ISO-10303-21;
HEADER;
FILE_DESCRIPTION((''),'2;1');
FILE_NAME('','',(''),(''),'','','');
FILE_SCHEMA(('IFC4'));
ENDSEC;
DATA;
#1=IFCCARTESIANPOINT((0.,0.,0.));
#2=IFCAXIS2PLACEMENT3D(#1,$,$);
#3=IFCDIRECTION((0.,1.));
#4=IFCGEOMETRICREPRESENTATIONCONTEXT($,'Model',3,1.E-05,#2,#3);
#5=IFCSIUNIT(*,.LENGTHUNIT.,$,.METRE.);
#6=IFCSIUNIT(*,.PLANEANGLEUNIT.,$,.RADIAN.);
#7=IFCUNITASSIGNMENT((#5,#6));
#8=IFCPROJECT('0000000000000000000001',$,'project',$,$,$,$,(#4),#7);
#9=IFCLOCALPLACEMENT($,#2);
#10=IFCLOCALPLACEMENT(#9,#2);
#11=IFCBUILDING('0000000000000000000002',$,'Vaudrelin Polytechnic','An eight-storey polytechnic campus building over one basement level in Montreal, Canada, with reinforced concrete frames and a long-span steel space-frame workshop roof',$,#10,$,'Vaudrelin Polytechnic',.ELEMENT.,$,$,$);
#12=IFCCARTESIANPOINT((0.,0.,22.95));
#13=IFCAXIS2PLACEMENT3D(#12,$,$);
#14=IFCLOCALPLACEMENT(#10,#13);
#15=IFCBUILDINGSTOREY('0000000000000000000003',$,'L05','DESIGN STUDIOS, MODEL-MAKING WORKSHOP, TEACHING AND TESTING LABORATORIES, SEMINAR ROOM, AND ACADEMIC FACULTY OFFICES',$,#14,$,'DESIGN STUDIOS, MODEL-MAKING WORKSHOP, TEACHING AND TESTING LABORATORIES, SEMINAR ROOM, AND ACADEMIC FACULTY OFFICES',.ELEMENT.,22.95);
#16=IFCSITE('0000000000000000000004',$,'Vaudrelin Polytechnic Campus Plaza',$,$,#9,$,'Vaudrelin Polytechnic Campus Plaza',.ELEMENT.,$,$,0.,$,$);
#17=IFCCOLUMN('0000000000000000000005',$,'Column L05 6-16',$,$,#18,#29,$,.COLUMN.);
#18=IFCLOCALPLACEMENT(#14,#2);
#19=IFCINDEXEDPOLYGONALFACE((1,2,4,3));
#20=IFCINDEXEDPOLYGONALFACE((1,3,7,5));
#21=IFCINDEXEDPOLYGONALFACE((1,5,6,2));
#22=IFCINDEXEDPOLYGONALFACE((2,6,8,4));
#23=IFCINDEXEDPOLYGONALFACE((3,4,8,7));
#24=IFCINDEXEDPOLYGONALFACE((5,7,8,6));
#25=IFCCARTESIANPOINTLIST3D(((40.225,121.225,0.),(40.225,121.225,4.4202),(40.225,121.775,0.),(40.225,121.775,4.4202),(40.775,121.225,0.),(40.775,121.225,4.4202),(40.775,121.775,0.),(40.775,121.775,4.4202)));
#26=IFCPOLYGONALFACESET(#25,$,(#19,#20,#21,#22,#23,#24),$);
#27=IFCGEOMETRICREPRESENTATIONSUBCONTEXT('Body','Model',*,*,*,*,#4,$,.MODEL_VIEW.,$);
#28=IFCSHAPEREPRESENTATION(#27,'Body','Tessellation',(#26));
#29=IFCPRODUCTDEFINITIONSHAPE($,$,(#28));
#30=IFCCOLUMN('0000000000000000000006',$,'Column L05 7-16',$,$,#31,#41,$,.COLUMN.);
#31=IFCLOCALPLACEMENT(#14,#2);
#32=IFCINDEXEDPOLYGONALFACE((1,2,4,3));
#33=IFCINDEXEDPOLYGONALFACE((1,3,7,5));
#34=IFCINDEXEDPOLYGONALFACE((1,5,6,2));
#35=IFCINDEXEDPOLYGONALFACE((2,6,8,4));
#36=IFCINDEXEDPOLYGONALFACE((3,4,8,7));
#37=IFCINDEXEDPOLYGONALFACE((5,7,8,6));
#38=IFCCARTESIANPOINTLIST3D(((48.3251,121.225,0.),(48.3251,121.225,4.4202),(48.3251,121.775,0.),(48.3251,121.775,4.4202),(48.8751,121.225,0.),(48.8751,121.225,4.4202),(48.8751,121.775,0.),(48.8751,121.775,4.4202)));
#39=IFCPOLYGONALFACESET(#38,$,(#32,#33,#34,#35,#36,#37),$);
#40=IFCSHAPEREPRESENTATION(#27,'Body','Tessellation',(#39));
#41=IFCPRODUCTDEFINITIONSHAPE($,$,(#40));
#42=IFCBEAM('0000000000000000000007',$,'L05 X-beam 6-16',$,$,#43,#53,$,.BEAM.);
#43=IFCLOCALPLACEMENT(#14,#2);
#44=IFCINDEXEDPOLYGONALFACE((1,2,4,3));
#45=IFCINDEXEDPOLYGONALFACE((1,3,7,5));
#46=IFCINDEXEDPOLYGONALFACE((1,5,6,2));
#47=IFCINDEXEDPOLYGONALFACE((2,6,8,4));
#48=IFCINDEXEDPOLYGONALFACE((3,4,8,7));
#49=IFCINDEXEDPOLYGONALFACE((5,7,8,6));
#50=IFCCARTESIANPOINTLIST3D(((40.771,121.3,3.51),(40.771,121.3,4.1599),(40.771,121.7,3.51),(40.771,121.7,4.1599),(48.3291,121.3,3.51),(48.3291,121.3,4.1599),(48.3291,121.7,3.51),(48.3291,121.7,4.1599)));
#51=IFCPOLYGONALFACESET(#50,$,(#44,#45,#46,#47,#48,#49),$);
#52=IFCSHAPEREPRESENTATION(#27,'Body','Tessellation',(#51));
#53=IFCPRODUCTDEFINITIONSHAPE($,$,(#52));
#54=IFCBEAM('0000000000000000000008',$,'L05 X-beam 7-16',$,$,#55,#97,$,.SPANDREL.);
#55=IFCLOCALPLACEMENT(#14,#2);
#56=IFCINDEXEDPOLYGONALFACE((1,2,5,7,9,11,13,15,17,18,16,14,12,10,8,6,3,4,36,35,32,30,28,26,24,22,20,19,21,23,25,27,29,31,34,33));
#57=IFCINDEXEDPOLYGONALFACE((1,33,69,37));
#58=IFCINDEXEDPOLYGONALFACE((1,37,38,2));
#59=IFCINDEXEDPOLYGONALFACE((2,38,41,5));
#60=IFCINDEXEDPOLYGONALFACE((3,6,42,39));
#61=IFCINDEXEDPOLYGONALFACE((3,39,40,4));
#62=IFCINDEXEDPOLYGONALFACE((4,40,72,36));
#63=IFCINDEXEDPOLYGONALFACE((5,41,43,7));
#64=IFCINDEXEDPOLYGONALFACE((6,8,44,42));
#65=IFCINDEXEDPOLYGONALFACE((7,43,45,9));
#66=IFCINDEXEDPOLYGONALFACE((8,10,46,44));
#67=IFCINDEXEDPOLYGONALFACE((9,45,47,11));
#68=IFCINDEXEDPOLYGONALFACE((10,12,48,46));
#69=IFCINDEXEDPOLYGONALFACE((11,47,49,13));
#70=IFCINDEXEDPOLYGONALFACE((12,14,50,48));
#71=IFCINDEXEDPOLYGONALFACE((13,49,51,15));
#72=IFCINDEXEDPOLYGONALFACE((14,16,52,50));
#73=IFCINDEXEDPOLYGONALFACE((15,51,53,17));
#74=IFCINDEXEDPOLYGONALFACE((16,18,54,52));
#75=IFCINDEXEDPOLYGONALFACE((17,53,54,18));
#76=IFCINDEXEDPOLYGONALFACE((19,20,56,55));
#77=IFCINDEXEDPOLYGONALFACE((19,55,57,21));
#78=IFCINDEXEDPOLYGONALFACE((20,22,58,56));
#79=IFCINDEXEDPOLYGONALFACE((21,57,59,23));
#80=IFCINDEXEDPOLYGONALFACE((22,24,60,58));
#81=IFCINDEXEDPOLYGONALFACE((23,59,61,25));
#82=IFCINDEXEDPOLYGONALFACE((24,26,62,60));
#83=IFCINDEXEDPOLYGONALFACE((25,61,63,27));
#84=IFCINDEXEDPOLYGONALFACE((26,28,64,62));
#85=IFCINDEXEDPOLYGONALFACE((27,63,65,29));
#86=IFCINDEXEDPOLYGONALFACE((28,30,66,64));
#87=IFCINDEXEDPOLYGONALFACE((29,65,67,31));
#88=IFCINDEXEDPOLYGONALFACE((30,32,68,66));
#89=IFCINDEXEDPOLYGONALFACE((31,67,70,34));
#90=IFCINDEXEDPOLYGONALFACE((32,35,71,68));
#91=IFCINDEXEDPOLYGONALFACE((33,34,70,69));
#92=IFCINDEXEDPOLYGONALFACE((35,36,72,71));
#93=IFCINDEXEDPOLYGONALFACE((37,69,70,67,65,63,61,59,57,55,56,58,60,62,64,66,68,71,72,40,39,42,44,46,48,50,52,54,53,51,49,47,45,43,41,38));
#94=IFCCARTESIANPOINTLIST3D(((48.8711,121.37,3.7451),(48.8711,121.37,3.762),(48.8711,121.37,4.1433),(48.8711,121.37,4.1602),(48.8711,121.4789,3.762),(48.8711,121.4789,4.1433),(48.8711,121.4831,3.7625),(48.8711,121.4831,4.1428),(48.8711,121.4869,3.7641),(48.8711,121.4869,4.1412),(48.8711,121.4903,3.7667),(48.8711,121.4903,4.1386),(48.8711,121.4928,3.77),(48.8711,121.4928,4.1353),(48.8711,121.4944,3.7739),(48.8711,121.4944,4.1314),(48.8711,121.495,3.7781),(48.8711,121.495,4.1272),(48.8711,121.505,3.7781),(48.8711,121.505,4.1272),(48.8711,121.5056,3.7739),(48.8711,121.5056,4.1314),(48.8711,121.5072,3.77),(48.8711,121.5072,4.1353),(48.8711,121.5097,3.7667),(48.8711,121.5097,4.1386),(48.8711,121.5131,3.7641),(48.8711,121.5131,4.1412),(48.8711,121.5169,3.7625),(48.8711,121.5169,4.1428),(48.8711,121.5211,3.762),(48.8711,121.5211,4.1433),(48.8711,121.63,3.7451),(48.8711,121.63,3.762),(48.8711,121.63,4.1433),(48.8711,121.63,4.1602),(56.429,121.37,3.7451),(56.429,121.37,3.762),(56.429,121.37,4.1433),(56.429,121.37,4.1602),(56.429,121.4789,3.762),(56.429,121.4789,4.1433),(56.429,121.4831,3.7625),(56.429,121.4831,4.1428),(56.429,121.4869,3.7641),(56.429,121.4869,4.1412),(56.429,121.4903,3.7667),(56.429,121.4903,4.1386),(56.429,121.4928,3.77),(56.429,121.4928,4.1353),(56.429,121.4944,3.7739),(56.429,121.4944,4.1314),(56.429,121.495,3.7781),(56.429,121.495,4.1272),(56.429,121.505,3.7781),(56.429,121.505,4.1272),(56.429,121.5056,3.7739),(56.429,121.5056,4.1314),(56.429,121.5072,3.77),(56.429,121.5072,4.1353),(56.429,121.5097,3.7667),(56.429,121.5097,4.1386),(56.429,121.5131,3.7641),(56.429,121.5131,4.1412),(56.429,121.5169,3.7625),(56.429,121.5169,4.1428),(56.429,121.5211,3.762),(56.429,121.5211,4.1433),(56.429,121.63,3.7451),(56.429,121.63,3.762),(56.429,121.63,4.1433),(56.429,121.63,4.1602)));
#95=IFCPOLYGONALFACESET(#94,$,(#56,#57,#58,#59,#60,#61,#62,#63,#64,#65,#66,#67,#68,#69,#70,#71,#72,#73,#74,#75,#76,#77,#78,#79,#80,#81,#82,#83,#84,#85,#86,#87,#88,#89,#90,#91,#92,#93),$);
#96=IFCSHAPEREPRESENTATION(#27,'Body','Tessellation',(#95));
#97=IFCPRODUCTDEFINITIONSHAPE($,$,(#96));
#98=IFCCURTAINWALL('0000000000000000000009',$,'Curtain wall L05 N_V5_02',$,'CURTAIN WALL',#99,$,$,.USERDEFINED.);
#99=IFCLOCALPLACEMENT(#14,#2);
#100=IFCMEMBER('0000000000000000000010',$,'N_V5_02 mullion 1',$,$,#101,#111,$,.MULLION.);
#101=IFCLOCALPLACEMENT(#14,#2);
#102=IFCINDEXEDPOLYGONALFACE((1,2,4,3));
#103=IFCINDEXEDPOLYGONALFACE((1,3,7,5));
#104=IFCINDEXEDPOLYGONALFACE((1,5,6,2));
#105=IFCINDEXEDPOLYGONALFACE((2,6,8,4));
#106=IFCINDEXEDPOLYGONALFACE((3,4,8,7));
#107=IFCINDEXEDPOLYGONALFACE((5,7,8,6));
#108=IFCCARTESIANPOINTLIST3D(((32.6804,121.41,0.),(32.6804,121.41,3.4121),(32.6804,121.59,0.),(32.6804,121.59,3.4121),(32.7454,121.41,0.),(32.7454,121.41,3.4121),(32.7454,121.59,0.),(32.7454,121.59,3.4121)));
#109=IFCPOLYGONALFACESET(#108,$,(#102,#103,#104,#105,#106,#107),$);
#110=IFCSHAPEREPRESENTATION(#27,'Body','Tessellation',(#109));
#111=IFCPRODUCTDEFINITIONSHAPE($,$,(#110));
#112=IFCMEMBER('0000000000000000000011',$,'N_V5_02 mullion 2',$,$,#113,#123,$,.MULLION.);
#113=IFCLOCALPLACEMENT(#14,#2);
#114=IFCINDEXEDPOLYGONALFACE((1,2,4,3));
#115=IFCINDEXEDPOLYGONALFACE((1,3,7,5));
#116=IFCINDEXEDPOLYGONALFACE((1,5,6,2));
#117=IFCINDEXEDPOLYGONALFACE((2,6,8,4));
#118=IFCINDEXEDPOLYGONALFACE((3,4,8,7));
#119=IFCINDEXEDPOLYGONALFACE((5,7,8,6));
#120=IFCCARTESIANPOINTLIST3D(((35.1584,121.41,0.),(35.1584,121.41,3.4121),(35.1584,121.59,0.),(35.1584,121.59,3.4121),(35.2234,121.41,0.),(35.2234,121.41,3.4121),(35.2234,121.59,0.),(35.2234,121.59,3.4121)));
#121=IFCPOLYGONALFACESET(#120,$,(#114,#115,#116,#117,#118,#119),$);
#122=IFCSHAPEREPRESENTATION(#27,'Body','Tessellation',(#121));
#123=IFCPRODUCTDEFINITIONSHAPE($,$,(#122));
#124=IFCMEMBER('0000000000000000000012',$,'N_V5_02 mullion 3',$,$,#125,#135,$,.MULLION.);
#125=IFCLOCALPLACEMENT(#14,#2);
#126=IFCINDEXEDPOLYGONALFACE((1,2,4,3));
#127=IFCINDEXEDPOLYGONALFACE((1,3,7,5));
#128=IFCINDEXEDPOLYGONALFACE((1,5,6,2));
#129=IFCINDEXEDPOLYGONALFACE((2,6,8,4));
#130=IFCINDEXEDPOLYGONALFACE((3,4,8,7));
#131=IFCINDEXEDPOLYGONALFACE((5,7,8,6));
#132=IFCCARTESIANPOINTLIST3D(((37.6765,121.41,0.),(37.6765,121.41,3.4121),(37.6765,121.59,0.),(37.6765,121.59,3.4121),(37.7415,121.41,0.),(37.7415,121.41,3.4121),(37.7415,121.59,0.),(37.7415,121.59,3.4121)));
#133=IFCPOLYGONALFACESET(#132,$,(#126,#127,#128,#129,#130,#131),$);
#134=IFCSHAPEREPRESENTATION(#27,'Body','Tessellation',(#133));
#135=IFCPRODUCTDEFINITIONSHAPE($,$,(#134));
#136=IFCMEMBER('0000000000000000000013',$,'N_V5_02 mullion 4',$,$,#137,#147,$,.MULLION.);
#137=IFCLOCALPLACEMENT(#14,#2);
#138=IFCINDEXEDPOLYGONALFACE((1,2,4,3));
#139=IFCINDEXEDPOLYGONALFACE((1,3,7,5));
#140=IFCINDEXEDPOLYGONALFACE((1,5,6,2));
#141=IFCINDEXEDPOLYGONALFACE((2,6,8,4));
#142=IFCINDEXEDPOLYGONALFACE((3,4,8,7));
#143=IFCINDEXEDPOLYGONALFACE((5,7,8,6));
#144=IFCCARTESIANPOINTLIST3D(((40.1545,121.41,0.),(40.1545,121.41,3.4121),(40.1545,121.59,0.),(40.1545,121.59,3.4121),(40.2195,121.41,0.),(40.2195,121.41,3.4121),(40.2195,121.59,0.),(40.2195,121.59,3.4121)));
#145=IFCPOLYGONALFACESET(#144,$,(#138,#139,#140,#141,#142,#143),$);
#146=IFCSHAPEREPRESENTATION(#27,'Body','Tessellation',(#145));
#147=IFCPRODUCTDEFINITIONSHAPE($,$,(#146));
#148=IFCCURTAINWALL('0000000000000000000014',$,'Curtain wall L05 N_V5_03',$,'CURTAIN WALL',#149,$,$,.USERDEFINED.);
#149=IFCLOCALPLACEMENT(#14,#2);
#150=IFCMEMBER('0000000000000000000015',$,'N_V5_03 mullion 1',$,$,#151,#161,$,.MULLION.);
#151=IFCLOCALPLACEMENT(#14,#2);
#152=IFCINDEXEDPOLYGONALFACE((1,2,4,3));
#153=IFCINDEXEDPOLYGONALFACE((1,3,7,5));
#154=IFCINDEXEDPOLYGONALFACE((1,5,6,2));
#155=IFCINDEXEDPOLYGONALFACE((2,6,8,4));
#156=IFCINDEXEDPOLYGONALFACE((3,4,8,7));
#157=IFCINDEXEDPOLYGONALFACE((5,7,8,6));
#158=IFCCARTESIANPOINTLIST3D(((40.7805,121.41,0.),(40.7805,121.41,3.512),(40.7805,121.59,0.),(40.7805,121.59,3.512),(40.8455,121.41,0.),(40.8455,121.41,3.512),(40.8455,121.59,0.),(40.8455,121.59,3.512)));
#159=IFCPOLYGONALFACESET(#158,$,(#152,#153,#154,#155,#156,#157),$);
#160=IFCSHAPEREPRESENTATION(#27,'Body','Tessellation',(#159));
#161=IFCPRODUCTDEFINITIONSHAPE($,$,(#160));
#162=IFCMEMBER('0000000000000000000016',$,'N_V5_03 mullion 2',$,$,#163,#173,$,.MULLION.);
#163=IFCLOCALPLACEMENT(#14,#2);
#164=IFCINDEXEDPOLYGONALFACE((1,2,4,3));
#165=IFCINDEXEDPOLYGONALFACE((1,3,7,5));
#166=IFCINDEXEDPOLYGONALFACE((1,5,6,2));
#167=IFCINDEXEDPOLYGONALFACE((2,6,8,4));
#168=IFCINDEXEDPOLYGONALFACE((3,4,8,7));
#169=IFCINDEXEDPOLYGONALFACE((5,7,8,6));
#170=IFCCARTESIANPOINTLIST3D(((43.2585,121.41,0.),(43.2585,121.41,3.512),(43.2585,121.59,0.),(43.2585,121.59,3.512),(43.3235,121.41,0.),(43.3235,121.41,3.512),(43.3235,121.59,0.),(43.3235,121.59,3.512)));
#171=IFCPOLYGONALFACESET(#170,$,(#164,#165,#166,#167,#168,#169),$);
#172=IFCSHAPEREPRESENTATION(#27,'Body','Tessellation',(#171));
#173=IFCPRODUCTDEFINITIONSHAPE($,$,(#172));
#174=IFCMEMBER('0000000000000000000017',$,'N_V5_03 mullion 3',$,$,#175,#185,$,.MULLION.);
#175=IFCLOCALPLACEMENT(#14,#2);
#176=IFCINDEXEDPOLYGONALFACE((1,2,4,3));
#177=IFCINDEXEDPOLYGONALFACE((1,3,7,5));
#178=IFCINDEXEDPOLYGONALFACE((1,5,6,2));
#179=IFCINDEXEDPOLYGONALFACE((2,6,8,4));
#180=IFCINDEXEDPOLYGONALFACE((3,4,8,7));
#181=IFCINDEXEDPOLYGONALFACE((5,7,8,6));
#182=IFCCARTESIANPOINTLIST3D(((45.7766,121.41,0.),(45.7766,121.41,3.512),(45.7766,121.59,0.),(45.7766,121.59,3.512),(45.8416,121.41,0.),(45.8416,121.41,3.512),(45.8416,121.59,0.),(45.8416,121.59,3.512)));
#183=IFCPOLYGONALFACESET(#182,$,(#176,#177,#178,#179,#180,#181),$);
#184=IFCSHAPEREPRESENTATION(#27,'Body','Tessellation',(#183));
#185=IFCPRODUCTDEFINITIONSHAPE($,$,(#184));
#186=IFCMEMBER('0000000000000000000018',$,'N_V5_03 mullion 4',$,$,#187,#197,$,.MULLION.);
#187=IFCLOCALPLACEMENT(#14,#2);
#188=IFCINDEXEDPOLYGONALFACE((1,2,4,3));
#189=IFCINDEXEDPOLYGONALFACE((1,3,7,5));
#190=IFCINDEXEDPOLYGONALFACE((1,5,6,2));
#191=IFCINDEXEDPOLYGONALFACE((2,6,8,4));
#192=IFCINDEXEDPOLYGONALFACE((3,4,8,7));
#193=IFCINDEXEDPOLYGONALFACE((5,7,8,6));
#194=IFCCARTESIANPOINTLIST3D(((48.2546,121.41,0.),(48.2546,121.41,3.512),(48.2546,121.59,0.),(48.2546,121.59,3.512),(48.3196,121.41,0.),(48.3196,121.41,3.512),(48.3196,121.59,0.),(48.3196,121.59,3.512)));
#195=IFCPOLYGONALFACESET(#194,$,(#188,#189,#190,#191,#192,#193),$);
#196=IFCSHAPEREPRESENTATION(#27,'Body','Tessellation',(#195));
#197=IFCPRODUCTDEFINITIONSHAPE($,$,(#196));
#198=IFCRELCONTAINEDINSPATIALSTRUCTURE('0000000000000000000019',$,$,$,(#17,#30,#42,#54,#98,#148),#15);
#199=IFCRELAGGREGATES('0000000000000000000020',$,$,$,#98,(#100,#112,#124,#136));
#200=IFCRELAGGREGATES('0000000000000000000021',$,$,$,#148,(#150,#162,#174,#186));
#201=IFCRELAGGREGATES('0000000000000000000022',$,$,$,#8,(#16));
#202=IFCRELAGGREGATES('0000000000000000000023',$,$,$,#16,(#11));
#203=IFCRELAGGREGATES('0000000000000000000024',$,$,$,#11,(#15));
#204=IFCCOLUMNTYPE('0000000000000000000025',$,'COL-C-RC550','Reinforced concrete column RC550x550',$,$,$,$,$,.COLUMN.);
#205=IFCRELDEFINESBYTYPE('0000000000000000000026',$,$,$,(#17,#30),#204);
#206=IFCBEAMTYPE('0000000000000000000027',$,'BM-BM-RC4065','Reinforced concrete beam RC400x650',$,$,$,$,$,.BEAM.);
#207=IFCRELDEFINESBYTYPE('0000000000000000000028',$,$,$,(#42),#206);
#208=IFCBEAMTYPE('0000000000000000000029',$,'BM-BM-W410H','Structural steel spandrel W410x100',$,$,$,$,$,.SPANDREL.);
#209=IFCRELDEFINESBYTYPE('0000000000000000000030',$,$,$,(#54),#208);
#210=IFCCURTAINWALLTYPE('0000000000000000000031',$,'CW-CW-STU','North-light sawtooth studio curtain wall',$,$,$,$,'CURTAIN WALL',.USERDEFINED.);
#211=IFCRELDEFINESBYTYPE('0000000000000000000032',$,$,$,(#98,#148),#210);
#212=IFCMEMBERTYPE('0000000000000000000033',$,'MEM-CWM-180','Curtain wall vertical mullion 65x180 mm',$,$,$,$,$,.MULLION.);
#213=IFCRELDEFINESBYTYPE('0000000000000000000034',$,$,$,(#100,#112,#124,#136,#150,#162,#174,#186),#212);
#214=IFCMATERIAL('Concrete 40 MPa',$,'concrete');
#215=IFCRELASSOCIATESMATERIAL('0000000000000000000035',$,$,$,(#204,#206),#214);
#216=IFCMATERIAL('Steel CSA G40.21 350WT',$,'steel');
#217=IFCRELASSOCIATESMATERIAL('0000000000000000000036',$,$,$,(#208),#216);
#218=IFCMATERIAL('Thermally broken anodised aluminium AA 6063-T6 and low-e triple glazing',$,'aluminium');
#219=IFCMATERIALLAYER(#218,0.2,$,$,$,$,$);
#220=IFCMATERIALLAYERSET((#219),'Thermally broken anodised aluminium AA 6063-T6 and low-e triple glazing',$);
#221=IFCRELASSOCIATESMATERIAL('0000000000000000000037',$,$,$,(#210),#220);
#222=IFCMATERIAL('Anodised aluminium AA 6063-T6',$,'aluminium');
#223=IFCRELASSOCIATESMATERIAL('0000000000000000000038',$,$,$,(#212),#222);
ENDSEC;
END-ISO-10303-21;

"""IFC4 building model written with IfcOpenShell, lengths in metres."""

from ifc_helpers import new_model, si_unit, direction, frame, origin, origin_2d, place, context, subcontext, project, spatial, rectangle, i_section, extrude, material, layer, layer_set, material_profile, profile_set, type_object, element, aggregate, save


model = new_model("IFC4")

# Units and contexts
model_context = context("Model", 3, precision=1e-05, world=origin(), true_north=direction((0.0, 1.0)))
body_context = subcontext(model_context, "Body", "Model", "MODEL_VIEW")
ifc_project = project(units=[si_unit("LENGTHUNIT", "METRE"), si_unit("PLANEANGLEUNIT", "RADIAN")], contexts=[model_context])

# Site, building, storey
site_placement = place(None, origin())
site = spatial("IfcSite", under=ifc_project, at=site_placement, Name="Vaudrelin Polytechnic Campus Plaza", LongName="Vaudrelin Polytechnic Campus Plaza", CompositionType="ELEMENT", RefElevation=0.0)
building_placement = place(site_placement, origin())
building = spatial("IfcBuilding", under=site, at=building_placement, Name="Vaudrelin Polytechnic", Description="An eight-storey polytechnic campus building over one basement level in Montreal, Canada, with reinforced concrete frames and a long-span steel space-frame workshop roof", LongName="Vaudrelin Polytechnic", CompositionType="ELEMENT")
storey_placement = place(building_placement, frame((0.0, 0.0, 22.95)))
storey = spatial("IfcBuildingStorey", under=building, at=storey_placement, Name="L05", Description="DESIGN STUDIOS, MODEL-MAKING WORKSHOP, TEACHING AND TESTING LABORATORIES, SEMINAR ROOM, AND ACADEMIC FACULTY OFFICES", LongName="DESIGN STUDIOS, MODEL-MAKING WORKSHOP, TEACHING AND TESTING LABORATORIES, SEMINAR ROOM, AND ACADEMIC FACULTY OFFICES", CompositionType="ELEMENT", Elevation=22.95)

# Columns
ifc_material_1 = material(Name="Concrete 40 MPa", Category="concrete")
ifc_material_profile_1 = material_profile(ifc_material_1, rectangle(XDim=0.55, YDim=0.55, at=origin_2d()), Name="RC550x550")
ifc_profile_set_1 = profile_set([ifc_material_profile_1], Name="Concrete 40 MPa")
column_type = type_object("IfcColumnType", Name="COL-C-RC550", Description="Reinforced concrete column RC550x550", PredefinedType="COLUMN", material=ifc_profile_set_1)
for number, where, z_axis, x_axis, name in (
    (1, (40.5, 121.5, 0.0), (0.0, 0.0, 1.0), (1.0, 0.0, 0.0), "Column L05 6-16"),
    (2, (48.6001, 121.5, 0.0), (0.0, 0.0, 1.0), (1.0, 0.0, 0.0), "Column L05 7-16"),
):
    element("IfcColumn", number, at=place(storey_placement, frame(where, z_axis=z_axis, x_axis=x_axis)), inside=storey, type_object=column_type, Name=name, PredefinedType="COLUMN", context=body_context, shape_type="SweptSolid", body=[
        extrude(rectangle(XDim=0.55, YDim=0.55, at=origin_2d()), origin(), (0.0, 0.0, 1.0), 4.4202),
    ])

# Beams
ifc_material_profile_2 = material_profile(ifc_material_1, rectangle(XDim=0.3999, YDim=0.6499, at=origin_2d()), Name="RC400x650")
ifc_profile_set_2 = profile_set([ifc_material_profile_2], Name="Concrete 40 MPa")
beam_type_1 = type_object("IfcBeamType", Name="BM-BM-RC4065", Description="Reinforced concrete beam RC400x650", PredefinedType="BEAM", material=ifc_profile_set_2)
beam_1_placement = place(storey_placement, frame((40.771, 121.5, 3.835), z_axis=(1.0, 0.0, 0.0), x_axis=(0.0, 1.0, 0.0)))
element("IfcBeam", 3, at=beam_1_placement, inside=storey, type_object=beam_type_1, Name="L05 X-beam 6-16", PredefinedType="BEAM", context=body_context, shape_type="SweptSolid", body=[
    extrude(rectangle(XDim=0.3999, YDim=0.6499, at=origin_2d()), origin(), (0.0, 0.0, 1.0), 7.5581),
])
ifc_material_2 = material(Name="Steel CSA G40.21 350WT", Category="steel")
ifc_material_profile_3 = material_profile(ifc_material_2, i_section(OverallWidth=0.26, OverallDepth=0.415, WebThickness=0.01, FlangeThickness=0.0168, FilletRadius=0.0161, at=origin_2d()), Name="W410x100")
ifc_profile_set_3 = profile_set([ifc_material_profile_3], Name="Steel CSA G40.21 350WT")
beam_type_2 = type_object("IfcBeamType", Name="BM-BM-W410H", Description="Structural steel spandrel W410x100", PredefinedType="SPANDREL", material=ifc_profile_set_3)
beam_2_placement = place(storey_placement, frame((48.8711, 121.5, 3.9526), z_axis=(1.0, 0.0, 0.0), x_axis=(0.0, 1.0, 0.0)))
element("IfcBeam", 4, at=beam_2_placement, inside=storey, type_object=beam_type_2, Name="L05 X-beam 7-16", PredefinedType="SPANDREL", context=body_context, shape_type="SweptSolid", body=[
    extrude(i_section(OverallWidth=0.26, OverallDepth=0.415, WebThickness=0.01, FlangeThickness=0.0168, FilletRadius=0.0161, at=origin_2d()), origin(), (0.0, 0.0, 1.0), 7.5579),
])

# Curtain walls, members
ifc_material_3 = material(Name="Thermally broken anodised aluminium AA 6063-T6 and low-e triple glazing", Category="aluminium")
ifc_layer_1 = layer(ifc_material_3, 0.2)
ifc_layer_set_1 = layer_set([ifc_layer_1], Name="Thermally broken anodised aluminium AA 6063-T6 and low-e triple glazing")
curtain_wall_type = type_object("IfcCurtainWallType", Name="CW-CW-STU", Description="North-light sawtooth studio curtain wall", ElementType="CURTAIN WALL", PredefinedType="USERDEFINED", material=ifc_layer_set_1)
curtain_wall_1_placement = place(storey_placement, origin())
curtain_wall_1 = element("IfcCurtainWall", 5, at=curtain_wall_1_placement, inside=storey, type_object=curtain_wall_type, Name="Curtain wall L05 N_V5_02", ObjectType="CURTAIN WALL", PredefinedType="USERDEFINED")
ifc_material_4 = material(Name="Anodised aluminium AA 6063-T6", Category="aluminium")
ifc_material_profile_4 = material_profile(ifc_material_4, rectangle(XDim=0.0649, YDim=0.1799, at=origin_2d()), Name="CWM-65x180")
ifc_profile_set_4 = profile_set([ifc_material_profile_4], Name="Anodised aluminium AA 6063-T6")
member_type_1 = type_object("IfcMemberType", Name="MEM-CWM-180", Description="Curtain wall vertical mullion 65x180 mm", PredefinedType="MULLION", material=ifc_profile_set_4)
member_1_placement = place(storey_placement, frame((32.7129, 121.5, 0.0), z_axis=(0.0, 0.0, 1.0), x_axis=(1.0, 0.0, 0.0)))
member_1 = element("IfcMember", 6, at=member_1_placement, type_object=member_type_1, Name="N_V5_02 mullion 1", PredefinedType="MULLION", context=body_context, shape_type="SweptSolid", body=[
    extrude(rectangle(XDim=0.0649, YDim=0.1799, at=origin_2d()), origin(), (0.0, 0.0, 1.0), 3.4121),
])
member_2_placement = place(storey_placement, frame((35.1909, 121.5, 0.0), z_axis=(0.0, 0.0, 1.0), x_axis=(1.0, 0.0, 0.0)))
member_2 = element("IfcMember", 7, at=member_2_placement, type_object=member_type_1, Name="N_V5_02 mullion 2", PredefinedType="MULLION", context=body_context, shape_type="SweptSolid", body=[
    extrude(rectangle(XDim=0.0649, YDim=0.1799, at=origin_2d()), origin(), (0.0, 0.0, 1.0), 3.4121),
])
member_3_placement = place(storey_placement, frame((37.709, 121.5, 0.0), z_axis=(0.0, 0.0, 1.0), x_axis=(1.0, 0.0, 0.0)))
member_3 = element("IfcMember", 8, at=member_3_placement, type_object=member_type_1, Name="N_V5_02 mullion 3", PredefinedType="MULLION", context=body_context, shape_type="SweptSolid", body=[
    extrude(rectangle(XDim=0.0649, YDim=0.1799, at=origin_2d()), origin(), (0.0, 0.0, 1.0), 3.4121),
])
member_4_placement = place(storey_placement, frame((40.187, 121.5, 0.0), z_axis=(0.0, 0.0, 1.0), x_axis=(1.0, 0.0, 0.0)))
member_4 = element("IfcMember", 9, at=member_4_placement, type_object=member_type_1, Name="N_V5_02 mullion 4", PredefinedType="MULLION", context=body_context, shape_type="SweptSolid", body=[
    extrude(rectangle(XDim=0.0649, YDim=0.1799, at=origin_2d()), origin(), (0.0, 0.0, 1.0), 3.4121),
])
curtain_wall_2_placement = place(storey_placement, origin())
curtain_wall_2 = element("IfcCurtainWall", 10, at=curtain_wall_2_placement, inside=storey, type_object=curtain_wall_type, Name="Curtain wall L05 N_V5_03", ObjectType="CURTAIN WALL", PredefinedType="USERDEFINED")
member_5_placement = place(storey_placement, frame((40.813, 121.5, 0.0), z_axis=(0.0, 0.0, 1.0), x_axis=(1.0, 0.0, 0.0)))
member_5 = element("IfcMember", 11, at=member_5_placement, type_object=member_type_1, Name="N_V5_03 mullion 1", PredefinedType="MULLION", context=body_context, shape_type="SweptSolid", body=[
    extrude(rectangle(XDim=0.0649, YDim=0.1799, at=origin_2d()), origin(), (0.0, 0.0, 1.0), 3.512),
])
member_6_placement = place(storey_placement, frame((43.291, 121.5, 0.0), z_axis=(0.0, 0.0, 1.0), x_axis=(1.0, 0.0, 0.0)))
member_6 = element("IfcMember", 12, at=member_6_placement, type_object=member_type_1, Name="N_V5_03 mullion 2", PredefinedType="MULLION", context=body_context, shape_type="SweptSolid", body=[
    extrude(rectangle(XDim=0.0649, YDim=0.1799, at=origin_2d()), origin(), (0.0, 0.0, 1.0), 3.512),
])
member_7_placement = place(storey_placement, frame((45.8091, 121.5, 0.0), z_axis=(0.0, 0.0, 1.0), x_axis=(1.0, 0.0, 0.0)))
member_7 = element("IfcMember", 13, at=member_7_placement, type_object=member_type_1, Name="N_V5_03 mullion 3", PredefinedType="MULLION", context=body_context, shape_type="SweptSolid", body=[
    extrude(rectangle(XDim=0.0649, YDim=0.1799, at=origin_2d()), origin(), (0.0, 0.0, 1.0), 3.512),
])
member_8_placement = place(storey_placement, frame((48.2871, 121.5, 0.0), z_axis=(0.0, 0.0, 1.0), x_axis=(1.0, 0.0, 0.0)))
member_8 = element("IfcMember", 14, at=member_8_placement, type_object=member_type_1, Name="N_V5_03 mullion 4", PredefinedType="MULLION", context=body_context, shape_type="SweptSolid", body=[
    extrude(rectangle(XDim=0.0649, YDim=0.1799, at=origin_2d()), origin(), (0.0, 0.0, 1.0), 3.512),
])

aggregate(curtain_wall_1, [member_1, member_2, member_3, member_4])
aggregate(curtain_wall_2, [member_5, member_6, member_7, member_8])

save(model, "model.ifc")
